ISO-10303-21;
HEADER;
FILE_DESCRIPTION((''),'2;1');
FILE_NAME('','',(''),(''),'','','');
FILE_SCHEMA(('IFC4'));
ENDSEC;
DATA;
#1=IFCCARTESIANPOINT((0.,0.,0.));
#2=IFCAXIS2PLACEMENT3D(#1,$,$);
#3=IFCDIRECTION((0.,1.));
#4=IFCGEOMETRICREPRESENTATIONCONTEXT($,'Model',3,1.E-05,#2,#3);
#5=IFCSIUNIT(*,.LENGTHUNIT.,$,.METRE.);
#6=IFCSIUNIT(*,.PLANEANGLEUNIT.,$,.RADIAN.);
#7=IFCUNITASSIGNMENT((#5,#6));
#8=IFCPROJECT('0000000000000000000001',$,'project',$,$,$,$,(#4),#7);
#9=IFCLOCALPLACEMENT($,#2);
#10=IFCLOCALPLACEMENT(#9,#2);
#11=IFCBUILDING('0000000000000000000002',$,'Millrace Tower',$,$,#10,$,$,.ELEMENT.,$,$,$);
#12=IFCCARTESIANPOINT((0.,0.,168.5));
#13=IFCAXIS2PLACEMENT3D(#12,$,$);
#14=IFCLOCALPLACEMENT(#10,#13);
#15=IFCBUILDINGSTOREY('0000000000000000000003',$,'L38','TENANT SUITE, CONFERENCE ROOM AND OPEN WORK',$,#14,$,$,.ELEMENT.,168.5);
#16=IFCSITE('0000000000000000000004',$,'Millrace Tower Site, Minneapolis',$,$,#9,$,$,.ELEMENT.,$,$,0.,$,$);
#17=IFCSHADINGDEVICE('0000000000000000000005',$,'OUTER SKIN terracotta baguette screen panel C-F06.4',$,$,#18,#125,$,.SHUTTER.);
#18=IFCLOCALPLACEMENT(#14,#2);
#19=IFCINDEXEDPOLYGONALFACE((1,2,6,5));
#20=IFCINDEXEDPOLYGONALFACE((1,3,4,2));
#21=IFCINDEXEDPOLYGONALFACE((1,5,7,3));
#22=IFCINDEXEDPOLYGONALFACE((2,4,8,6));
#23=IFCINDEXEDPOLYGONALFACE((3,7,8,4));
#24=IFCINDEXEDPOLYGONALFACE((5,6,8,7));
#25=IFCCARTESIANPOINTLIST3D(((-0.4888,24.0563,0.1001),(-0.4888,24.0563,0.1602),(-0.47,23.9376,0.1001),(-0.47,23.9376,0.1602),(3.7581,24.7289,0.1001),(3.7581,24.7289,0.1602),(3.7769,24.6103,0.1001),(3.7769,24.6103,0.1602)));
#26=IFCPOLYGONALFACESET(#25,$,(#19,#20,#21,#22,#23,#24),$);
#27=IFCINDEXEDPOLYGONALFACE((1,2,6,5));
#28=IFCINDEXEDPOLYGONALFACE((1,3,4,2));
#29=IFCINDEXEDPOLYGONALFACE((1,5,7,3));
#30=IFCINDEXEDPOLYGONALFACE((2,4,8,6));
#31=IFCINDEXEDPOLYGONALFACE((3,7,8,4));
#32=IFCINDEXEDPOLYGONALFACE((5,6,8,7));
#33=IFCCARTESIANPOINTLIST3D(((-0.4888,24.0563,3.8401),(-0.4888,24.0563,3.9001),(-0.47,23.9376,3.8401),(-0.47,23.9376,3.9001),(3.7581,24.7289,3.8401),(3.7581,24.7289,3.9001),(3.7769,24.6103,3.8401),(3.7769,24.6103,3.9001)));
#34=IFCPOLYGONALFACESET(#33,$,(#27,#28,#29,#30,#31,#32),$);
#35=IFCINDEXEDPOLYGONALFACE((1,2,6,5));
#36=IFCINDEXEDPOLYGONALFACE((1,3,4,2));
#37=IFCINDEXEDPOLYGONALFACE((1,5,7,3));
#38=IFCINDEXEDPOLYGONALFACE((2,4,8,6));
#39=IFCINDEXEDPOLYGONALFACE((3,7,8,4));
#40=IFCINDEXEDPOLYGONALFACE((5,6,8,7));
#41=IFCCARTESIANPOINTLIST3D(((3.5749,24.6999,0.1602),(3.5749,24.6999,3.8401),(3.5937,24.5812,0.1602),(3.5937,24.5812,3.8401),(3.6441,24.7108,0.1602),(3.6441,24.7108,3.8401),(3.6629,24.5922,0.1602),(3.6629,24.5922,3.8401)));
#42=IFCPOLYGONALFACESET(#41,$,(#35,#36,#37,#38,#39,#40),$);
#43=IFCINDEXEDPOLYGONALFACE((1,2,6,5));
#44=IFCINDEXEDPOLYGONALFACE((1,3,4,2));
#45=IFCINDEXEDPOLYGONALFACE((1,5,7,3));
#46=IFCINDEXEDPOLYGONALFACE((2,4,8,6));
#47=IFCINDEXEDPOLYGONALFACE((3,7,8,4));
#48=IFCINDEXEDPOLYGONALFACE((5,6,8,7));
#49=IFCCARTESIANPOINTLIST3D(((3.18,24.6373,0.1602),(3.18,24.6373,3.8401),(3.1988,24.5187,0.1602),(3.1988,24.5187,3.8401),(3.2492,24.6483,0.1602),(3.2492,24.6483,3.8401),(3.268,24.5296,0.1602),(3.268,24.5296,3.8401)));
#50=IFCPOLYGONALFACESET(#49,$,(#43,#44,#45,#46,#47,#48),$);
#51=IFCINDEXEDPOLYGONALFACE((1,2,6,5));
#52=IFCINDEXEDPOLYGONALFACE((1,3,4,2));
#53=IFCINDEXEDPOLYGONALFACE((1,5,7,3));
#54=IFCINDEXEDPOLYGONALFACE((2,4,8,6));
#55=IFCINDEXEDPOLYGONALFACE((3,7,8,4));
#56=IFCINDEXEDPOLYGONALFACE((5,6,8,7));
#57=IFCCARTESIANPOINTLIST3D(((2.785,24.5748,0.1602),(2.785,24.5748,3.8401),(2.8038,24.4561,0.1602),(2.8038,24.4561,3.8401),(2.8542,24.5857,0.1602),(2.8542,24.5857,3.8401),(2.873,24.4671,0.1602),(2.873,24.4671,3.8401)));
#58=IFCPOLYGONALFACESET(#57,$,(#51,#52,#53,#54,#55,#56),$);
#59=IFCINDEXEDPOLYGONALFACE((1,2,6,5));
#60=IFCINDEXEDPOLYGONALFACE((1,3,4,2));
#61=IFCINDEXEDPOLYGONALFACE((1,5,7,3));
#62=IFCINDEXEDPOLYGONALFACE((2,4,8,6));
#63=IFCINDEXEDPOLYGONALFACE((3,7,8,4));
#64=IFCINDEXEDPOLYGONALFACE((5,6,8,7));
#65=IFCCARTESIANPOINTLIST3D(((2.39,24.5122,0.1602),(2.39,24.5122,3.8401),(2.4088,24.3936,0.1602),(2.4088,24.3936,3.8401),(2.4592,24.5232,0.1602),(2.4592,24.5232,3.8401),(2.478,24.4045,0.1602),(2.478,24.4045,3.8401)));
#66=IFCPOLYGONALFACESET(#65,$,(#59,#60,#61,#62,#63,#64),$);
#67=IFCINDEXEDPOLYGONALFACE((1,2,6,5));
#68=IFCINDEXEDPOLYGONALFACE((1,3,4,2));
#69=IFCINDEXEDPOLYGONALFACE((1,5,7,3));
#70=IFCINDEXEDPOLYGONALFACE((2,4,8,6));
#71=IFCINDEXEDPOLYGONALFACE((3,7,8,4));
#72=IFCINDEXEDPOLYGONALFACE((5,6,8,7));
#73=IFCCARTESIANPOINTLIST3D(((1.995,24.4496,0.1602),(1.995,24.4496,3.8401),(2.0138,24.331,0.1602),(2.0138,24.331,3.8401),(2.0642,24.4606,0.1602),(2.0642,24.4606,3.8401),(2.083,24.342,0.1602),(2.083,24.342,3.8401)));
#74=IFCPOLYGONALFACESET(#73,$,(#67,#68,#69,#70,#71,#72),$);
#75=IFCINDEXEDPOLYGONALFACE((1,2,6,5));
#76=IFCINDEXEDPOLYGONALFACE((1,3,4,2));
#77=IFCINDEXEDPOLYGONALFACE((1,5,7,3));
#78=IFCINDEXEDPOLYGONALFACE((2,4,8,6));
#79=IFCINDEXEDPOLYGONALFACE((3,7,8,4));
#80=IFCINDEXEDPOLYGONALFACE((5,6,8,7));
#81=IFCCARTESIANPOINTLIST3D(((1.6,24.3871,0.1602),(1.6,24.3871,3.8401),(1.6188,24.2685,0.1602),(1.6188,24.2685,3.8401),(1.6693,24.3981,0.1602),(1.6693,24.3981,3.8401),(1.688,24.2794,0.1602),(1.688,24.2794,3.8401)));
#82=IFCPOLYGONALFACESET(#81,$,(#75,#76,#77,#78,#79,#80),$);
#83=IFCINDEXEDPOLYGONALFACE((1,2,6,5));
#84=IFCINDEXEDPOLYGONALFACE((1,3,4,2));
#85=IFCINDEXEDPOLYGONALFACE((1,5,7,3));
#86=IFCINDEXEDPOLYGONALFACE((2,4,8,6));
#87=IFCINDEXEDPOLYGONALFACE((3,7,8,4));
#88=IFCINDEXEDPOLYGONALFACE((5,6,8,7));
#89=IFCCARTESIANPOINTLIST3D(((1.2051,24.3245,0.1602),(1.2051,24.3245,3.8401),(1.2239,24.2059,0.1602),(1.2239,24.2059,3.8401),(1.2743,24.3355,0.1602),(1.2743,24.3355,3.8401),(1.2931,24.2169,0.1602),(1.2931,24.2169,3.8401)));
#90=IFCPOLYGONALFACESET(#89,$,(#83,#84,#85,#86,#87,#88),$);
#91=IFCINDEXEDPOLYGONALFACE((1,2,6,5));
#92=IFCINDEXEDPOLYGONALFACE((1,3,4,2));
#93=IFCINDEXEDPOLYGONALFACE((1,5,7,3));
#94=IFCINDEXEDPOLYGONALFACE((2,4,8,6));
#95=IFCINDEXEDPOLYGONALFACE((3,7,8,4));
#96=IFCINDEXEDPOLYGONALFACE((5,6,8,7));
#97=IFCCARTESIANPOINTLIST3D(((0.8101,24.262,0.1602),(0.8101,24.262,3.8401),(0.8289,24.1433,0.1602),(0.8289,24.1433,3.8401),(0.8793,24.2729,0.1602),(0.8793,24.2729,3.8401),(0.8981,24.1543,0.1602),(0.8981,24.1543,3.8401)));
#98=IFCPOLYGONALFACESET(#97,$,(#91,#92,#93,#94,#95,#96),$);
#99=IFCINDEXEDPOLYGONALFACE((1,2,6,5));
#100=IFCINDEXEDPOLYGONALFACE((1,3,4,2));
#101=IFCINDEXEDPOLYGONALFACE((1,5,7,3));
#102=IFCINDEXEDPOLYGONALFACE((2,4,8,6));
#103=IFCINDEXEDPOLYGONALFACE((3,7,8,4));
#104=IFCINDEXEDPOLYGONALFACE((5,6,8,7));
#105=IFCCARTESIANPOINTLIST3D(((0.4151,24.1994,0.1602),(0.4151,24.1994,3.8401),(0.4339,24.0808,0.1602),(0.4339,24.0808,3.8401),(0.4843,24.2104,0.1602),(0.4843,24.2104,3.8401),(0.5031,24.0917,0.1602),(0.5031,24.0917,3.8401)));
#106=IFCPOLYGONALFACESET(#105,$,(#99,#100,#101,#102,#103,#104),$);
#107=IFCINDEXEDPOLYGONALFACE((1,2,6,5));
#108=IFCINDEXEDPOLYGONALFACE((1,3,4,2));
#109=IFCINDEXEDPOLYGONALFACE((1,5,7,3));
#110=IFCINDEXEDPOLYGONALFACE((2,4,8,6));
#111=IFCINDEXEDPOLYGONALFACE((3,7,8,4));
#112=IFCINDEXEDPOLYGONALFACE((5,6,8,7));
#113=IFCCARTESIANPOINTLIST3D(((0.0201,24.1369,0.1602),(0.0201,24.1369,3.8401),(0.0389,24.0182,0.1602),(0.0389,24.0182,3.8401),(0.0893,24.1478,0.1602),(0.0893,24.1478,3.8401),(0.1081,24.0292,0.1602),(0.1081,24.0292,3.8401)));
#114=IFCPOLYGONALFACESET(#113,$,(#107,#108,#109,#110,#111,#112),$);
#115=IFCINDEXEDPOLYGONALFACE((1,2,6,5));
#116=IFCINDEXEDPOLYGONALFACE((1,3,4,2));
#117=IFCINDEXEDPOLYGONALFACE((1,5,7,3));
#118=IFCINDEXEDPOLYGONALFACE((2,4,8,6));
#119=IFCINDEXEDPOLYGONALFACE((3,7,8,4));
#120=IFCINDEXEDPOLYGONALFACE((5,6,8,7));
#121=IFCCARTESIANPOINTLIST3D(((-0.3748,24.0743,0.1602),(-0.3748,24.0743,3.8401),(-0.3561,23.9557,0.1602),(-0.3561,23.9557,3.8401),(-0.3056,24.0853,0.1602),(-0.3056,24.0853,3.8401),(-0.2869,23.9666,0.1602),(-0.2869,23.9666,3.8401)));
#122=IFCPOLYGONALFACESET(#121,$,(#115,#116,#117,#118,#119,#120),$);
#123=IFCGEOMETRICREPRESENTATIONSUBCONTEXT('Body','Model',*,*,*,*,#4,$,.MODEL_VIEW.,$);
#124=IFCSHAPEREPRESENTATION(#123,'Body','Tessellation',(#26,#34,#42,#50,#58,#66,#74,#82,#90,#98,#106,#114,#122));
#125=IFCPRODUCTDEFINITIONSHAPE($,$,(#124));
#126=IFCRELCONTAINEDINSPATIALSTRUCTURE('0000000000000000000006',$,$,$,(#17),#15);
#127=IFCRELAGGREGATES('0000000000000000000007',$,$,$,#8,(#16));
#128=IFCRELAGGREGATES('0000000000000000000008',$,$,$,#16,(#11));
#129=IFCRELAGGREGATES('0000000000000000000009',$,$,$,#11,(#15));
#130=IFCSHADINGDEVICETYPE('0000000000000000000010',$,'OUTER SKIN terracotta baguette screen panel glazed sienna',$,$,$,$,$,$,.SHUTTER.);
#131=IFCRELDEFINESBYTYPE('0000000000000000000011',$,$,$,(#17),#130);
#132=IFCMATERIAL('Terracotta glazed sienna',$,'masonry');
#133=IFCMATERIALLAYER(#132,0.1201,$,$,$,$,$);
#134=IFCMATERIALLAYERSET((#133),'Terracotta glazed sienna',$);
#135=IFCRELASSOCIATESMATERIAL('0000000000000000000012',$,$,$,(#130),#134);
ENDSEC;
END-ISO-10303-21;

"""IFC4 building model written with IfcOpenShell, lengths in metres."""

from ifc_helpers import new_model, entity, si_unit, direction, frame, frame_2d, origin, origin_2d, place, context, subcontext, project, spatial, rectangle, extrude, source, transform, mapped, material, layer, layer_set, type_object, element, save


model = new_model("IFC4")

# Units and contexts
model_context = context("Model", 3, precision=1e-05, world=origin(), true_north=direction((0.0, 1.0)))
body_context = subcontext(model_context, "Body", "Model", "MODEL_VIEW")
ifc_project = project(units=[si_unit("LENGTHUNIT", "METRE"), si_unit("PLANEANGLEUNIT", "RADIAN")], contexts=[model_context])

# Site, building, storey
site_placement = place(None, origin())
site = spatial("IfcSite", under=ifc_project, at=site_placement, Name="Millrace Tower Site, Minneapolis", CompositionType="ELEMENT", RefElevation=0.0)
building_placement = place(site_placement, origin())
building = spatial("IfcBuilding", under=site, at=building_placement, Name="Millrace Tower", CompositionType="ELEMENT")
storey_placement = place(building_placement, frame((0.0, 0.0, 168.5)))
storey = spatial("IfcBuildingStorey", under=building, at=storey_placement, Name="L38", Description="TENANT SUITE, CONFERENCE ROOM AND OPEN WORK", CompositionType="ELEMENT", Elevation=168.5)

# Shading device
ifc_material_1 = material(Name="Terracotta glazed sienna", Category="masonry")
ifc_layer_1 = layer(ifc_material_1, 0.1201)
ifc_layer_set_1 = layer_set([ifc_layer_1], Name="Terracotta glazed sienna")
shading_device_type = type_object("IfcShadingDeviceType", Name="OUTER SKIN terracotta baguette screen panel glazed sienna", PredefinedType="SHUTTER", material=ifc_layer_set_1)
cartesian_point_1 = entity("IfcCartesianPoint", [-2.1499, 0.0601])
shared_polyline_1 = entity("IfcPolyline", [cartesian_point_1, entity("IfcCartesianPoint", [2.1499, 0.0601]), entity("IfcCartesianPoint", [2.1499, -0.0601]), entity("IfcCartesianPoint", [-2.1499, -0.0601]), cartesian_point_1])
shared_shape_1 = source(origin(), body_context, "Body", "SweptSolid", [
    entity("IfcExtrudedAreaSolid", entity("IfcArbitraryClosedProfileDef", "AREA", None, shared_polyline_1), entity("IfcAxis2Placement3D", entity("IfcCartesianPoint", [0.0, 0.0, 0.0])), entity("IfcDirection", [0.0, 0.0, 1.0]), 0.0601),
    entity("IfcExtrudedAreaSolid", entity("IfcArbitraryClosedProfileDef", "AREA", None, shared_polyline_1), entity("IfcAxis2Placement3D", entity("IfcCartesianPoint", [0.0, 0.0, 3.74])), entity("IfcDirection", [0.0, 0.0, 1.0]), 0.0601),
    extrude(rectangle(XDim=0.0701, YDim=0.1201, at=frame_2d((-1.9995, 0.0))), frame((0.0, 0.0, 0.0601)), (0.0, 0.0, 1.0), 3.6799),
    extrude(rectangle(XDim=0.0701, YDim=0.1201, at=frame_2d((-1.5996, 0.0))), frame((0.0, 0.0, 0.0601)), (0.0, 0.0, 1.0), 3.6799),
    extrude(rectangle(XDim=0.0701, YDim=0.1201, at=frame_2d((-1.1997, 0.0))), frame((0.0, 0.0, 0.0601)), (0.0, 0.0, 1.0), 3.6799),
    extrude(rectangle(XDim=0.0701, YDim=0.1201, at=frame_2d((-0.7998, 0.0))), frame((0.0, 0.0, 0.0601)), (0.0, 0.0, 1.0), 3.6799),
    extrude(rectangle(XDim=0.0701, YDim=0.1201, at=frame_2d((-0.3999, 0.0))), frame((0.0, 0.0, 0.0601)), (0.0, 0.0, 1.0), 3.6799),
    extrude(rectangle(XDim=0.0701, YDim=0.1201, at=origin_2d()), frame((0.0, 0.0, 0.0601)), (0.0, 0.0, 1.0), 3.6799),
    extrude(rectangle(XDim=0.0701, YDim=0.1201, at=frame_2d((0.3999, 0.0))), frame((0.0, 0.0, 0.0601)), (0.0, 0.0, 1.0), 3.6799),
    extrude(rectangle(XDim=0.0701, YDim=0.1201, at=frame_2d((0.7998, 0.0))), frame((0.0, 0.0, 0.0601)), (0.0, 0.0, 1.0), 3.6799),
    extrude(rectangle(XDim=0.0701, YDim=0.1201, at=frame_2d((1.1997, 0.0))), frame((0.0, 0.0, 0.0601)), (0.0, 0.0, 1.0), 3.6799),
    extrude(rectangle(XDim=0.0701, YDim=0.1201, at=frame_2d((1.5996, 0.0))), frame((0.0, 0.0, 0.0601)), (0.0, 0.0, 1.0), 3.6799),
    extrude(rectangle(XDim=0.0701, YDim=0.1201, at=frame_2d((1.9995, 0.0))), frame((0.0, 0.0, 0.0601)), (0.0, 0.0, 1.0), 3.6799),
])
for number, where, z_axis, x_axis, name in (
    (1, (1.644, 24.3333, 0.1001), (0.0, 0.0, 1.0), (-0.987688, -0.156434, 0.0), "OUTER SKIN terracotta baguette screen panel C-F06.4"),
):
    element("IfcShadingDevice", number, at=place(storey_placement, frame(where, z_axis=z_axis, x_axis=x_axis)), inside=storey, type_object=shading_device_type, Name=name, PredefinedType="SHUTTER", context=body_context, shape_type="MappedRepresentation", body=[
        mapped(shared_shape_1, transform((0.0, 0.0, 0.0), scale=1.0)),
    ])

save(model, "model.ifc")
